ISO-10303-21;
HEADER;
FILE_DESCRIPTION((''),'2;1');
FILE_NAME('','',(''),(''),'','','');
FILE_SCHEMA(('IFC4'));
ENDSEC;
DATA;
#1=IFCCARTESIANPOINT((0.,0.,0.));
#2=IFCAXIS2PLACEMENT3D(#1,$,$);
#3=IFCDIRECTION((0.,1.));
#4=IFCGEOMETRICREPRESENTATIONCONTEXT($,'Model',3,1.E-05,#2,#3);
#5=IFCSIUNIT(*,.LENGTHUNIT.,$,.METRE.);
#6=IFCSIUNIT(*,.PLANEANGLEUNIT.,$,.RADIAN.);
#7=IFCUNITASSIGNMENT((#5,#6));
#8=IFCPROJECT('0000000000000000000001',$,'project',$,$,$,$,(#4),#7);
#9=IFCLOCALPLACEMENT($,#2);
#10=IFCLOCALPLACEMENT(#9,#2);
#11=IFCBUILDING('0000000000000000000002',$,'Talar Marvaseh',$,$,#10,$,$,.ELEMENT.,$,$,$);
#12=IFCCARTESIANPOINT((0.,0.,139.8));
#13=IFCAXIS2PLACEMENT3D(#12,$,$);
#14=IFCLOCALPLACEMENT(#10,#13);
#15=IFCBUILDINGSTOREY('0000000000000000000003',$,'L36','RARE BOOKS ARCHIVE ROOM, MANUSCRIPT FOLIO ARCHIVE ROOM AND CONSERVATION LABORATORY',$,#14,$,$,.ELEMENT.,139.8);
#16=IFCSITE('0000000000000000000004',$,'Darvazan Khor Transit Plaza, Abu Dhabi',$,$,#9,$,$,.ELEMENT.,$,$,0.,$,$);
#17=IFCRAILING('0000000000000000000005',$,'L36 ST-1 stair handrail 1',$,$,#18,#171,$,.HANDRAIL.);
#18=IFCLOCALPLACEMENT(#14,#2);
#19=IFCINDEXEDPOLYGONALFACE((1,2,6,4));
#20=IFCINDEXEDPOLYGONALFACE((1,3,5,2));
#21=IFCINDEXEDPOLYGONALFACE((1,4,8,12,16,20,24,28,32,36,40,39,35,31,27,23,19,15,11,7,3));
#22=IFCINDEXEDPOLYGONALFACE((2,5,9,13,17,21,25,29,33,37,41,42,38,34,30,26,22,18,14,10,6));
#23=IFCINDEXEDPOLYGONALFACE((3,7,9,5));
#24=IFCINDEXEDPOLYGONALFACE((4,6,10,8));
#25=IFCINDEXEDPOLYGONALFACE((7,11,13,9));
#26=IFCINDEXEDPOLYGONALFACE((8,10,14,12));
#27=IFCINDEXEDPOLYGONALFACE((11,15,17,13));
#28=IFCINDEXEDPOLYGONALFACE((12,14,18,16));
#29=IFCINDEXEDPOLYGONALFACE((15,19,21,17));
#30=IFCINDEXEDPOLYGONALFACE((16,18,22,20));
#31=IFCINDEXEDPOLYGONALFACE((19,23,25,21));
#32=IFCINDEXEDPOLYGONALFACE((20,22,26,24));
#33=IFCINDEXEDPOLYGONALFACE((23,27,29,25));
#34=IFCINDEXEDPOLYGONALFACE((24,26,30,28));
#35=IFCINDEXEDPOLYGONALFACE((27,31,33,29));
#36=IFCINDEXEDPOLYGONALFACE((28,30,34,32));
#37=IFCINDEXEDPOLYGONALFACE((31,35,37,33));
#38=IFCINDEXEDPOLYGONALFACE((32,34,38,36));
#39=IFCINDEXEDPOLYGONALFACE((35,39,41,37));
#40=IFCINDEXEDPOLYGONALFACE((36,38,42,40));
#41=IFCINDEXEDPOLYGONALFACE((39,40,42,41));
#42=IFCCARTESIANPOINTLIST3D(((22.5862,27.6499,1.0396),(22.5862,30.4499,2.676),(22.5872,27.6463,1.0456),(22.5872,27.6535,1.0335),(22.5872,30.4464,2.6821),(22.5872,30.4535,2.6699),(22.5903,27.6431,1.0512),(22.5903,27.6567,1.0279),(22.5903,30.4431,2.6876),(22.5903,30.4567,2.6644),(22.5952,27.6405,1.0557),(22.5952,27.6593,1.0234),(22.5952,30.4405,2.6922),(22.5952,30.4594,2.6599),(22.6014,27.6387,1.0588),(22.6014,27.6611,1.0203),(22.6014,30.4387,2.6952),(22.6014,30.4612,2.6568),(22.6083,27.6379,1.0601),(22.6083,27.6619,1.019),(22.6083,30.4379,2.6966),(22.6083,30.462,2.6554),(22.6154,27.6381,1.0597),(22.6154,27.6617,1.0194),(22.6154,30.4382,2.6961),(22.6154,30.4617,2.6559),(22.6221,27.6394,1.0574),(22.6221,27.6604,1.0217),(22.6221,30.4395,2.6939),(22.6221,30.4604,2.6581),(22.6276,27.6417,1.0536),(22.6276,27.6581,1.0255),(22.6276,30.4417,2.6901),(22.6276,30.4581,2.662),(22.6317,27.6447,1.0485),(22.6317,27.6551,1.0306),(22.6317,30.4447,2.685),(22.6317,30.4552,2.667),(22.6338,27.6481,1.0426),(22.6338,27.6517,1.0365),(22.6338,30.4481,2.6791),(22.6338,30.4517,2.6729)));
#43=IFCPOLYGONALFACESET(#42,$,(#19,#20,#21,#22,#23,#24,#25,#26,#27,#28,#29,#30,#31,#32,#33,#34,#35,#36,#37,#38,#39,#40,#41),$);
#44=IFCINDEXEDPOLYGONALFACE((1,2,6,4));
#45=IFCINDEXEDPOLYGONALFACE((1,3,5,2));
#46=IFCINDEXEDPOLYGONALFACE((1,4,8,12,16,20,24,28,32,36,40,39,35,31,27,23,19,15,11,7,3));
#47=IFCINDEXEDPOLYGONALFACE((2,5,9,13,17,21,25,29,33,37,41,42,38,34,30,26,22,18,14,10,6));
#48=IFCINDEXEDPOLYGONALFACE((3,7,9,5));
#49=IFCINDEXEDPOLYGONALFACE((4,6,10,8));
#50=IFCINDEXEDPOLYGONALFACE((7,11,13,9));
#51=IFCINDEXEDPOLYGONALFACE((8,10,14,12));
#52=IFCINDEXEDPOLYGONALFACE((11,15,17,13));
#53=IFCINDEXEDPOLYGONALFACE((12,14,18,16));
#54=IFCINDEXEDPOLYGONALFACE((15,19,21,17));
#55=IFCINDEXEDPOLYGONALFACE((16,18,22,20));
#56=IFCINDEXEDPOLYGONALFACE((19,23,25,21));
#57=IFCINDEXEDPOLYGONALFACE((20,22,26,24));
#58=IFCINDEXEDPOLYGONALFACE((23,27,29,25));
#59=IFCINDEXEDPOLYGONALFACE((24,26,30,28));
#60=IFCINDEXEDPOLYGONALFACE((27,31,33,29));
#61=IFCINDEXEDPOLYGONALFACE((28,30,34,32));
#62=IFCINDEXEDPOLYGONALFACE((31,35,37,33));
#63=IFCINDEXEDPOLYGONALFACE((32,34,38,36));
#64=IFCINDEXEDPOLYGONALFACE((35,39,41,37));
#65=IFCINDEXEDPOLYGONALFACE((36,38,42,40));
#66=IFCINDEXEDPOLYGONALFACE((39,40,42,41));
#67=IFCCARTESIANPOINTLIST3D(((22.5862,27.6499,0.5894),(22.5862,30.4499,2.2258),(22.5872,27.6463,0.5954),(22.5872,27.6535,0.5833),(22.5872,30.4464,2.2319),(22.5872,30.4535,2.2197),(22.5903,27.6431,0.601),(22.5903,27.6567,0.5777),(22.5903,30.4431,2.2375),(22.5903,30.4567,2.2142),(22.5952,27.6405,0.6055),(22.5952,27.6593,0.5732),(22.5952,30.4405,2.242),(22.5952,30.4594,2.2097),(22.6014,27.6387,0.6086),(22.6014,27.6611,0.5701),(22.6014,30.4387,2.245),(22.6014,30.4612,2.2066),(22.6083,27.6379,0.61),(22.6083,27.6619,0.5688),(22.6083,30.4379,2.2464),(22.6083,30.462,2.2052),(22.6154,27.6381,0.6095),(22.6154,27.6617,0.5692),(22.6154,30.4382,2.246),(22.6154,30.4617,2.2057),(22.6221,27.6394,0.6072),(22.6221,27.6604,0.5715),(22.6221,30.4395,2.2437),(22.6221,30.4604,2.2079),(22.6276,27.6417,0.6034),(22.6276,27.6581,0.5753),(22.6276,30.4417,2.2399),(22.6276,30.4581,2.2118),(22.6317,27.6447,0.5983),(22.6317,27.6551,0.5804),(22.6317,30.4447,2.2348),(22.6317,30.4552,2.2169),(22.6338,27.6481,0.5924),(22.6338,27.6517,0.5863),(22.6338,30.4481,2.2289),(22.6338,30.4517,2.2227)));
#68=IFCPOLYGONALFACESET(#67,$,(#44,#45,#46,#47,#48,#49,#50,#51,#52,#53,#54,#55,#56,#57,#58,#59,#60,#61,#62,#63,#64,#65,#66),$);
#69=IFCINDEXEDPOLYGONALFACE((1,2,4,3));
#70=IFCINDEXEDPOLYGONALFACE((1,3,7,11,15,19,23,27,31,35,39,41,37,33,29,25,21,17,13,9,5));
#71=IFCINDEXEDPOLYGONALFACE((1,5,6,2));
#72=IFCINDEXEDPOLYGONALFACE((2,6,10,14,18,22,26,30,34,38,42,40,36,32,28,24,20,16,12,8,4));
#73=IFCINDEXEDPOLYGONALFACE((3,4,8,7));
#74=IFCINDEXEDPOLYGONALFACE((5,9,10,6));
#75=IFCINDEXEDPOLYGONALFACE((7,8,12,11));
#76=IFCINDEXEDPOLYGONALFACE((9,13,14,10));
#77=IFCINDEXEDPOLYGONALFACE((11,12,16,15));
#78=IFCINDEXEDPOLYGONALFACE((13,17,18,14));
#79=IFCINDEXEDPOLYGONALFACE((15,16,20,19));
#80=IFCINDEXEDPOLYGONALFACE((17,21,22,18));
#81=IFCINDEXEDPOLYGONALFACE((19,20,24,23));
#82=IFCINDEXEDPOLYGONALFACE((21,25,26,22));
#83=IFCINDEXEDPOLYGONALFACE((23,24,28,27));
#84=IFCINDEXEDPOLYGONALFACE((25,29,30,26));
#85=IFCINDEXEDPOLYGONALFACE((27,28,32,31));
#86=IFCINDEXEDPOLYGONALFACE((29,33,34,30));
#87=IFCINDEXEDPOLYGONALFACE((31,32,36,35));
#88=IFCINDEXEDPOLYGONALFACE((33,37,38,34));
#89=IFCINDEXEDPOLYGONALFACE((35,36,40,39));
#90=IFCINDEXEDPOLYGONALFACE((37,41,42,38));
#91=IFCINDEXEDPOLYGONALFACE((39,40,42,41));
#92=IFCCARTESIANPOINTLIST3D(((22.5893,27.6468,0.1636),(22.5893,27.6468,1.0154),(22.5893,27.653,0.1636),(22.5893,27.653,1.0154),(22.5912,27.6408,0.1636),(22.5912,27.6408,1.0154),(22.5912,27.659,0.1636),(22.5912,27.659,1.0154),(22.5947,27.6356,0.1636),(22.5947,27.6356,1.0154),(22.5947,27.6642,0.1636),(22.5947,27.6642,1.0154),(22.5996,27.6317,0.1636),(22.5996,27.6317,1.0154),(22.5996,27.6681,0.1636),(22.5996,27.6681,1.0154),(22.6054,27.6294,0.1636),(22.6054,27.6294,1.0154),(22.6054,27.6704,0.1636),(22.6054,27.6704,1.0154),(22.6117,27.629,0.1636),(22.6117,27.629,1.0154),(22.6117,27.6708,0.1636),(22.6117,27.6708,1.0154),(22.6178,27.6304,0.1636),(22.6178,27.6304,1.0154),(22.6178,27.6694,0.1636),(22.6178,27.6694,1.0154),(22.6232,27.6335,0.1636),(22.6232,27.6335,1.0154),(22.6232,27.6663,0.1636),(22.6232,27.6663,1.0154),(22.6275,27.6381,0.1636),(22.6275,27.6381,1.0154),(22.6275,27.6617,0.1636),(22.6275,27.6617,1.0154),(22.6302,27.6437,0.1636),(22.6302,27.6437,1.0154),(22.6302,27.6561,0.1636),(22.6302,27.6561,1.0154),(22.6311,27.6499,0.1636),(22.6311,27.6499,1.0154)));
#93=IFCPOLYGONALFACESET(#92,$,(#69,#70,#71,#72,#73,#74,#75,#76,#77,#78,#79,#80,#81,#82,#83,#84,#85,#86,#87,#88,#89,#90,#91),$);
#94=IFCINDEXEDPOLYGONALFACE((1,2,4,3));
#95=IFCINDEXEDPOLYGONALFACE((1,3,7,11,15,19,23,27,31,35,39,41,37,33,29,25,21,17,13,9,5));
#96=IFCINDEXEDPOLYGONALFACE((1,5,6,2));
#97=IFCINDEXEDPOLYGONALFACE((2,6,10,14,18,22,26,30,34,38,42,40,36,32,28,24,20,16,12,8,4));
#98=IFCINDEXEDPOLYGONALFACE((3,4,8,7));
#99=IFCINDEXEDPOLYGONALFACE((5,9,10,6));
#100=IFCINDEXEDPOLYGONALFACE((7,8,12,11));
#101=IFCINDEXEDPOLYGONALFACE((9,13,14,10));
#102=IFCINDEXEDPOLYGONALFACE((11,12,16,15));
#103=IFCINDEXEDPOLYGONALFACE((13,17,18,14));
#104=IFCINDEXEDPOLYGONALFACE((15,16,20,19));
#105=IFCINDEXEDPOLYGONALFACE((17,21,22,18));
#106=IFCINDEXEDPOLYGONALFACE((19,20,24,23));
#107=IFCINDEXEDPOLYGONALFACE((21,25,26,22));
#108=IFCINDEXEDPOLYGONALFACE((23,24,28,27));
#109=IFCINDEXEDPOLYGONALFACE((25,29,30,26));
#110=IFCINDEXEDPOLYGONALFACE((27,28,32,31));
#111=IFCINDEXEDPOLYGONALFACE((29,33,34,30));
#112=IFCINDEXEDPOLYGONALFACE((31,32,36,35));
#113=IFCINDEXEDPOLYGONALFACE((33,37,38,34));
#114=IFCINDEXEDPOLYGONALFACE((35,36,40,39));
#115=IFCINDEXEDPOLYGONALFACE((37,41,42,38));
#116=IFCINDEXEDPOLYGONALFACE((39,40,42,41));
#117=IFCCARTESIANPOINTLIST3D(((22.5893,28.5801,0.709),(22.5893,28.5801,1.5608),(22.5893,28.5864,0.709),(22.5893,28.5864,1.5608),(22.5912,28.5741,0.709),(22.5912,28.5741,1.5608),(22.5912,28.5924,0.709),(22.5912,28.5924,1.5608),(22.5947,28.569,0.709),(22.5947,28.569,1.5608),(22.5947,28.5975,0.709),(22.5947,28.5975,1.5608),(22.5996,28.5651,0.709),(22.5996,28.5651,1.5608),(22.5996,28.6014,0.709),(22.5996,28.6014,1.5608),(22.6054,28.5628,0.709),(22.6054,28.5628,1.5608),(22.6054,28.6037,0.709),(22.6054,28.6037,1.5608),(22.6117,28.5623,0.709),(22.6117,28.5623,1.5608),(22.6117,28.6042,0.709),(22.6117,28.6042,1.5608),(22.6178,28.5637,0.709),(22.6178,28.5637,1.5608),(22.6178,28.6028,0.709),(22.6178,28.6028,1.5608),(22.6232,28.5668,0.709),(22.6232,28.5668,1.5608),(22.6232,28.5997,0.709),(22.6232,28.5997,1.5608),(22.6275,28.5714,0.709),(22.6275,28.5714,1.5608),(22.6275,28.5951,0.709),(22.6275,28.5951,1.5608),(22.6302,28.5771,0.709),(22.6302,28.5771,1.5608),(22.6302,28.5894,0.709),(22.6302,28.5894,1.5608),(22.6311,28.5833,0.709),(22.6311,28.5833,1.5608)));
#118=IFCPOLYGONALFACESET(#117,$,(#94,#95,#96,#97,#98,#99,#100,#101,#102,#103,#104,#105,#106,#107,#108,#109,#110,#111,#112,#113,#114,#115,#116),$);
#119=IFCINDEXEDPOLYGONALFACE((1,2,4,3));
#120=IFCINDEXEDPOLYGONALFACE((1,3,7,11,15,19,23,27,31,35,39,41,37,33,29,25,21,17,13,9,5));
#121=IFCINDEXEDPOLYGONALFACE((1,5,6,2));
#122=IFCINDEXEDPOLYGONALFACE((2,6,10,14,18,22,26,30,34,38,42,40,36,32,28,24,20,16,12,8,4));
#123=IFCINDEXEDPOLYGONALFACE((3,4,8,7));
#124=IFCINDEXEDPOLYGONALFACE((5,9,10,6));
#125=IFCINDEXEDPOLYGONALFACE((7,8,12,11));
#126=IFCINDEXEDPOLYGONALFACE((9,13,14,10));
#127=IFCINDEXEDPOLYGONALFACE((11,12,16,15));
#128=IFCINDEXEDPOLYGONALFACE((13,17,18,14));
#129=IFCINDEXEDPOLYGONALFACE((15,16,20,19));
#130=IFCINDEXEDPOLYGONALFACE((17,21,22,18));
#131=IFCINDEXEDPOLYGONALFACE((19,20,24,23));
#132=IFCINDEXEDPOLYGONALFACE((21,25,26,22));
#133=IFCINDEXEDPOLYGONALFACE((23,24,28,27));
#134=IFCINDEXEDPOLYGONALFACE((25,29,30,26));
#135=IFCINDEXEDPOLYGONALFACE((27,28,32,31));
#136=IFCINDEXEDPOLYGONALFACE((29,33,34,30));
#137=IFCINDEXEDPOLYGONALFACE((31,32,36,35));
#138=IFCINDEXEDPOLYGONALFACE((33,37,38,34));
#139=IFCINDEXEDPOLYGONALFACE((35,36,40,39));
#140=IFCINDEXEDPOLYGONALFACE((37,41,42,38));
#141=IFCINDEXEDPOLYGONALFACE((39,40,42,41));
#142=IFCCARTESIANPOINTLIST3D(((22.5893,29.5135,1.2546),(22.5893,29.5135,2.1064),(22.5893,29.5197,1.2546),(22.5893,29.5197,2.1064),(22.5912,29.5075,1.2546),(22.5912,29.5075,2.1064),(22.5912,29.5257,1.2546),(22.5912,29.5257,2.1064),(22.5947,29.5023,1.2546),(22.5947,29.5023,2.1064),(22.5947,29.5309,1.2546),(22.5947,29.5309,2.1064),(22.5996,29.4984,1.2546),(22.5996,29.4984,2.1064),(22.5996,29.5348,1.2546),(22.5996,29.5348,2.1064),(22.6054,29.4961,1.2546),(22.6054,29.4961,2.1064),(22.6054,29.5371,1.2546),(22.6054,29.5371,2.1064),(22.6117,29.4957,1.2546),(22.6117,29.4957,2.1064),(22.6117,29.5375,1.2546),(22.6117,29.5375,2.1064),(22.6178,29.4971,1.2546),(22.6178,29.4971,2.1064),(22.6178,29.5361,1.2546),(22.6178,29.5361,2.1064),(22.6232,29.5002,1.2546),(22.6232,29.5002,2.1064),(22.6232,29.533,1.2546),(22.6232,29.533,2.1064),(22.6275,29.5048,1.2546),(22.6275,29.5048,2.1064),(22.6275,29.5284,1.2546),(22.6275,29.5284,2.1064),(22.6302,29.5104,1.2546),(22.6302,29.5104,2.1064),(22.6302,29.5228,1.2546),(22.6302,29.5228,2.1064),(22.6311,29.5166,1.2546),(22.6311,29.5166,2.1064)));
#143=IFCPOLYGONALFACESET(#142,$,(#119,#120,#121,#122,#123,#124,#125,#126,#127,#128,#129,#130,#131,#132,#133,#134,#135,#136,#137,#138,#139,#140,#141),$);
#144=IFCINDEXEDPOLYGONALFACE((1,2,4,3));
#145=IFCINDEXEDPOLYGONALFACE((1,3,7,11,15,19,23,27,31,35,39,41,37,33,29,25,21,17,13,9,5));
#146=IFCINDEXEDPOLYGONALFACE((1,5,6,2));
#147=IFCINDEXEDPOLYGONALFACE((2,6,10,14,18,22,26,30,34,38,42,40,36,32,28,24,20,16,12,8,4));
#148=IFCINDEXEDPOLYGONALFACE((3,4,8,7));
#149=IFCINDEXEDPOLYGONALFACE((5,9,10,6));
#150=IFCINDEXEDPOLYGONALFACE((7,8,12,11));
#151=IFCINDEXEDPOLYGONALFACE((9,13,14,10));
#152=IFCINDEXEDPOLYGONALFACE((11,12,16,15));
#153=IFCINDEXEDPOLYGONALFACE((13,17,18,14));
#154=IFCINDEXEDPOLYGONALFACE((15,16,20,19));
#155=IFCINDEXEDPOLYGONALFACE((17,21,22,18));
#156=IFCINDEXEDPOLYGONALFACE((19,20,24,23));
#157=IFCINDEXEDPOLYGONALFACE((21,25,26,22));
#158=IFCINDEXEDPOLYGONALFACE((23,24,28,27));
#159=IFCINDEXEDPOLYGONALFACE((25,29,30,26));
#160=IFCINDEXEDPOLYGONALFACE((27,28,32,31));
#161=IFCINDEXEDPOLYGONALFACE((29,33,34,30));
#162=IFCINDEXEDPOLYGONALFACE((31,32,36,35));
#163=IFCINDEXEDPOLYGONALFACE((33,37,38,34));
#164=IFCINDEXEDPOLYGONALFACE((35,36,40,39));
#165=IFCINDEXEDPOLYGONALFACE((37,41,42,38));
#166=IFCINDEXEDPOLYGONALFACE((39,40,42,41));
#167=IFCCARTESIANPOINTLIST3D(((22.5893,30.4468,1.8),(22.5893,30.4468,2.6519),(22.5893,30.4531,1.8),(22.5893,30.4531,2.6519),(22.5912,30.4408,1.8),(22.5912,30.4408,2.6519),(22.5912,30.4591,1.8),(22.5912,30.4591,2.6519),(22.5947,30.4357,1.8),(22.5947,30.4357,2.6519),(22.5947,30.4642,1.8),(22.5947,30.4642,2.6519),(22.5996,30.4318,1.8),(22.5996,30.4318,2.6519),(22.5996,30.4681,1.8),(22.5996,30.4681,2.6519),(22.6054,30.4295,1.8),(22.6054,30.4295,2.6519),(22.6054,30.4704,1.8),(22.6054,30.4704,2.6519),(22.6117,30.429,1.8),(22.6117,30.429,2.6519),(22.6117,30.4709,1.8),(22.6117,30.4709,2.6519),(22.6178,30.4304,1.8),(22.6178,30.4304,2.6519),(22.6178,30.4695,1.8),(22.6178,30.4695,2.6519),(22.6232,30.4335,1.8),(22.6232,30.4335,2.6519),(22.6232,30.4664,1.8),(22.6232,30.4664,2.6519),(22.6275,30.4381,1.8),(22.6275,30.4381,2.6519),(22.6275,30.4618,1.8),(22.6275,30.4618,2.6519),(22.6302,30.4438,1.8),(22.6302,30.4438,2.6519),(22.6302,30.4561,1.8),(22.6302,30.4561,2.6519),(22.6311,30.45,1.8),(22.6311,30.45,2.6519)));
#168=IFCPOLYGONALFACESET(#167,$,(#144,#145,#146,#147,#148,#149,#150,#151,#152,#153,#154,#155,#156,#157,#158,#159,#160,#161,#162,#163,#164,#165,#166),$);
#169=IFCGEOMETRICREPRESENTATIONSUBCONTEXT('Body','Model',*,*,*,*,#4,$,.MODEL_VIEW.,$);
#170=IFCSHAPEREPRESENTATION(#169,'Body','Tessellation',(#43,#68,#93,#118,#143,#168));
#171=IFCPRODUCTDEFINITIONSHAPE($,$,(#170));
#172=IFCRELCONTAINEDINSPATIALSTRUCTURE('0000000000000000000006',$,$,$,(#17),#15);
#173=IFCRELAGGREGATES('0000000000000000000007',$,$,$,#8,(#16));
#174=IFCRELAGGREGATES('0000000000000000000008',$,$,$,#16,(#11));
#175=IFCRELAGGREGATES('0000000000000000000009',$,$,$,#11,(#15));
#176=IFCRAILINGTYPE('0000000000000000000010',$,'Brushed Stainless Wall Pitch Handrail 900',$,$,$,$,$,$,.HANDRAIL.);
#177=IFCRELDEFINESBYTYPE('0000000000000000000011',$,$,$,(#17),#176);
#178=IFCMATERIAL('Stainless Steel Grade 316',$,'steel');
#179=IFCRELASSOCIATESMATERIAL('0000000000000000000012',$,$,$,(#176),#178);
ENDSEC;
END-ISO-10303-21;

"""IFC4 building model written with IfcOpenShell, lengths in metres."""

from ifc_helpers import new_model, si_unit, direction, frame, origin, origin_2d, place, context, subcontext, project, spatial, circle, extrude, material, type_object, element, save


model = new_model("IFC4")

# Units and contexts
model_context = context("Model", 3, precision=1e-05, world=origin(), true_north=direction((0.0, 1.0)))
body_context = subcontext(model_context, "Body", "Model", "MODEL_VIEW")
ifc_project = project(units=[si_unit("LENGTHUNIT", "METRE"), si_unit("PLANEANGLEUNIT", "RADIAN")], contexts=[model_context])

# Site, building, storey
site_placement = place(None, origin())
site = spatial("IfcSite", under=ifc_project, at=site_placement, Name="Darvazan Khor Transit Plaza, Abu Dhabi", CompositionType="ELEMENT", RefElevation=0.0)
building_placement = place(site_placement, origin())
building = spatial("IfcBuilding", under=site, at=building_placement, Name="Talar Marvaseh", CompositionType="ELEMENT")
storey_placement = place(building_placement, frame((0.0, 0.0, 139.8)))
storey = spatial("IfcBuildingStorey", under=building, at=storey_placement, Name="L36", Description="RARE BOOKS ARCHIVE ROOM, MANUSCRIPT FOLIO ARCHIVE ROOM AND CONSERVATION LABORATORY", CompositionType="ELEMENT", Elevation=139.8)

# Railing
ifc_material_1 = material(Name="Stainless Steel Grade 316", Category="steel")
railing_type_1 = type_object("IfcRailingType", Name="Brushed Stainless Wall Pitch Handrail 900", PredefinedType="HANDRAIL", material=ifc_material_1)
railing_1_placement = place(storey_placement, frame((22.6101, 27.6499, 0.1636)))
element("IfcRailing", 1, at=railing_1_placement, inside=storey, type_object=railing_type_1, Name="L36 ST-1 stair handrail 1", PredefinedType="HANDRAIL", context=body_context, shape_type="SweptSolid", body=[
    extrude(circle(Radius=0.0239, at=origin_2d()), frame((0.0, 0.0, 0.876), z_axis=(0.0, 0.863361, 0.504587), x_axis=(-1.0, 0.0, 0.0)), (0.0, 0.0, 1.0), 3.2432),
    extrude(circle(Radius=0.0239, at=origin_2d()), frame((0.0, 0.0, 0.4258), z_axis=(0.0, 0.863361, 0.504587), x_axis=(-1.0, 0.0, 0.0)), (0.0, 0.0, 1.0), 3.2432),
    extrude(circle(Radius=0.021, at=origin_2d()), origin(), (0.0, 0.0, 1.0), 0.8518),
    extrude(circle(Radius=0.021, at=origin_2d()), frame((0.0, 0.9333, 0.5454)), (0.0, 0.0, 1.0), 0.8518),
    extrude(circle(Radius=0.021, at=origin_2d()), frame((0.0, 1.8667, 1.0911)), (0.0, 0.0, 1.0), 0.8518),
    extrude(circle(Radius=0.021, at=origin_2d()), frame((0.0, 2.8, 1.6365)), (0.0, 0.0, 1.0), 0.8518),
])

save(model, "model.ifc")
